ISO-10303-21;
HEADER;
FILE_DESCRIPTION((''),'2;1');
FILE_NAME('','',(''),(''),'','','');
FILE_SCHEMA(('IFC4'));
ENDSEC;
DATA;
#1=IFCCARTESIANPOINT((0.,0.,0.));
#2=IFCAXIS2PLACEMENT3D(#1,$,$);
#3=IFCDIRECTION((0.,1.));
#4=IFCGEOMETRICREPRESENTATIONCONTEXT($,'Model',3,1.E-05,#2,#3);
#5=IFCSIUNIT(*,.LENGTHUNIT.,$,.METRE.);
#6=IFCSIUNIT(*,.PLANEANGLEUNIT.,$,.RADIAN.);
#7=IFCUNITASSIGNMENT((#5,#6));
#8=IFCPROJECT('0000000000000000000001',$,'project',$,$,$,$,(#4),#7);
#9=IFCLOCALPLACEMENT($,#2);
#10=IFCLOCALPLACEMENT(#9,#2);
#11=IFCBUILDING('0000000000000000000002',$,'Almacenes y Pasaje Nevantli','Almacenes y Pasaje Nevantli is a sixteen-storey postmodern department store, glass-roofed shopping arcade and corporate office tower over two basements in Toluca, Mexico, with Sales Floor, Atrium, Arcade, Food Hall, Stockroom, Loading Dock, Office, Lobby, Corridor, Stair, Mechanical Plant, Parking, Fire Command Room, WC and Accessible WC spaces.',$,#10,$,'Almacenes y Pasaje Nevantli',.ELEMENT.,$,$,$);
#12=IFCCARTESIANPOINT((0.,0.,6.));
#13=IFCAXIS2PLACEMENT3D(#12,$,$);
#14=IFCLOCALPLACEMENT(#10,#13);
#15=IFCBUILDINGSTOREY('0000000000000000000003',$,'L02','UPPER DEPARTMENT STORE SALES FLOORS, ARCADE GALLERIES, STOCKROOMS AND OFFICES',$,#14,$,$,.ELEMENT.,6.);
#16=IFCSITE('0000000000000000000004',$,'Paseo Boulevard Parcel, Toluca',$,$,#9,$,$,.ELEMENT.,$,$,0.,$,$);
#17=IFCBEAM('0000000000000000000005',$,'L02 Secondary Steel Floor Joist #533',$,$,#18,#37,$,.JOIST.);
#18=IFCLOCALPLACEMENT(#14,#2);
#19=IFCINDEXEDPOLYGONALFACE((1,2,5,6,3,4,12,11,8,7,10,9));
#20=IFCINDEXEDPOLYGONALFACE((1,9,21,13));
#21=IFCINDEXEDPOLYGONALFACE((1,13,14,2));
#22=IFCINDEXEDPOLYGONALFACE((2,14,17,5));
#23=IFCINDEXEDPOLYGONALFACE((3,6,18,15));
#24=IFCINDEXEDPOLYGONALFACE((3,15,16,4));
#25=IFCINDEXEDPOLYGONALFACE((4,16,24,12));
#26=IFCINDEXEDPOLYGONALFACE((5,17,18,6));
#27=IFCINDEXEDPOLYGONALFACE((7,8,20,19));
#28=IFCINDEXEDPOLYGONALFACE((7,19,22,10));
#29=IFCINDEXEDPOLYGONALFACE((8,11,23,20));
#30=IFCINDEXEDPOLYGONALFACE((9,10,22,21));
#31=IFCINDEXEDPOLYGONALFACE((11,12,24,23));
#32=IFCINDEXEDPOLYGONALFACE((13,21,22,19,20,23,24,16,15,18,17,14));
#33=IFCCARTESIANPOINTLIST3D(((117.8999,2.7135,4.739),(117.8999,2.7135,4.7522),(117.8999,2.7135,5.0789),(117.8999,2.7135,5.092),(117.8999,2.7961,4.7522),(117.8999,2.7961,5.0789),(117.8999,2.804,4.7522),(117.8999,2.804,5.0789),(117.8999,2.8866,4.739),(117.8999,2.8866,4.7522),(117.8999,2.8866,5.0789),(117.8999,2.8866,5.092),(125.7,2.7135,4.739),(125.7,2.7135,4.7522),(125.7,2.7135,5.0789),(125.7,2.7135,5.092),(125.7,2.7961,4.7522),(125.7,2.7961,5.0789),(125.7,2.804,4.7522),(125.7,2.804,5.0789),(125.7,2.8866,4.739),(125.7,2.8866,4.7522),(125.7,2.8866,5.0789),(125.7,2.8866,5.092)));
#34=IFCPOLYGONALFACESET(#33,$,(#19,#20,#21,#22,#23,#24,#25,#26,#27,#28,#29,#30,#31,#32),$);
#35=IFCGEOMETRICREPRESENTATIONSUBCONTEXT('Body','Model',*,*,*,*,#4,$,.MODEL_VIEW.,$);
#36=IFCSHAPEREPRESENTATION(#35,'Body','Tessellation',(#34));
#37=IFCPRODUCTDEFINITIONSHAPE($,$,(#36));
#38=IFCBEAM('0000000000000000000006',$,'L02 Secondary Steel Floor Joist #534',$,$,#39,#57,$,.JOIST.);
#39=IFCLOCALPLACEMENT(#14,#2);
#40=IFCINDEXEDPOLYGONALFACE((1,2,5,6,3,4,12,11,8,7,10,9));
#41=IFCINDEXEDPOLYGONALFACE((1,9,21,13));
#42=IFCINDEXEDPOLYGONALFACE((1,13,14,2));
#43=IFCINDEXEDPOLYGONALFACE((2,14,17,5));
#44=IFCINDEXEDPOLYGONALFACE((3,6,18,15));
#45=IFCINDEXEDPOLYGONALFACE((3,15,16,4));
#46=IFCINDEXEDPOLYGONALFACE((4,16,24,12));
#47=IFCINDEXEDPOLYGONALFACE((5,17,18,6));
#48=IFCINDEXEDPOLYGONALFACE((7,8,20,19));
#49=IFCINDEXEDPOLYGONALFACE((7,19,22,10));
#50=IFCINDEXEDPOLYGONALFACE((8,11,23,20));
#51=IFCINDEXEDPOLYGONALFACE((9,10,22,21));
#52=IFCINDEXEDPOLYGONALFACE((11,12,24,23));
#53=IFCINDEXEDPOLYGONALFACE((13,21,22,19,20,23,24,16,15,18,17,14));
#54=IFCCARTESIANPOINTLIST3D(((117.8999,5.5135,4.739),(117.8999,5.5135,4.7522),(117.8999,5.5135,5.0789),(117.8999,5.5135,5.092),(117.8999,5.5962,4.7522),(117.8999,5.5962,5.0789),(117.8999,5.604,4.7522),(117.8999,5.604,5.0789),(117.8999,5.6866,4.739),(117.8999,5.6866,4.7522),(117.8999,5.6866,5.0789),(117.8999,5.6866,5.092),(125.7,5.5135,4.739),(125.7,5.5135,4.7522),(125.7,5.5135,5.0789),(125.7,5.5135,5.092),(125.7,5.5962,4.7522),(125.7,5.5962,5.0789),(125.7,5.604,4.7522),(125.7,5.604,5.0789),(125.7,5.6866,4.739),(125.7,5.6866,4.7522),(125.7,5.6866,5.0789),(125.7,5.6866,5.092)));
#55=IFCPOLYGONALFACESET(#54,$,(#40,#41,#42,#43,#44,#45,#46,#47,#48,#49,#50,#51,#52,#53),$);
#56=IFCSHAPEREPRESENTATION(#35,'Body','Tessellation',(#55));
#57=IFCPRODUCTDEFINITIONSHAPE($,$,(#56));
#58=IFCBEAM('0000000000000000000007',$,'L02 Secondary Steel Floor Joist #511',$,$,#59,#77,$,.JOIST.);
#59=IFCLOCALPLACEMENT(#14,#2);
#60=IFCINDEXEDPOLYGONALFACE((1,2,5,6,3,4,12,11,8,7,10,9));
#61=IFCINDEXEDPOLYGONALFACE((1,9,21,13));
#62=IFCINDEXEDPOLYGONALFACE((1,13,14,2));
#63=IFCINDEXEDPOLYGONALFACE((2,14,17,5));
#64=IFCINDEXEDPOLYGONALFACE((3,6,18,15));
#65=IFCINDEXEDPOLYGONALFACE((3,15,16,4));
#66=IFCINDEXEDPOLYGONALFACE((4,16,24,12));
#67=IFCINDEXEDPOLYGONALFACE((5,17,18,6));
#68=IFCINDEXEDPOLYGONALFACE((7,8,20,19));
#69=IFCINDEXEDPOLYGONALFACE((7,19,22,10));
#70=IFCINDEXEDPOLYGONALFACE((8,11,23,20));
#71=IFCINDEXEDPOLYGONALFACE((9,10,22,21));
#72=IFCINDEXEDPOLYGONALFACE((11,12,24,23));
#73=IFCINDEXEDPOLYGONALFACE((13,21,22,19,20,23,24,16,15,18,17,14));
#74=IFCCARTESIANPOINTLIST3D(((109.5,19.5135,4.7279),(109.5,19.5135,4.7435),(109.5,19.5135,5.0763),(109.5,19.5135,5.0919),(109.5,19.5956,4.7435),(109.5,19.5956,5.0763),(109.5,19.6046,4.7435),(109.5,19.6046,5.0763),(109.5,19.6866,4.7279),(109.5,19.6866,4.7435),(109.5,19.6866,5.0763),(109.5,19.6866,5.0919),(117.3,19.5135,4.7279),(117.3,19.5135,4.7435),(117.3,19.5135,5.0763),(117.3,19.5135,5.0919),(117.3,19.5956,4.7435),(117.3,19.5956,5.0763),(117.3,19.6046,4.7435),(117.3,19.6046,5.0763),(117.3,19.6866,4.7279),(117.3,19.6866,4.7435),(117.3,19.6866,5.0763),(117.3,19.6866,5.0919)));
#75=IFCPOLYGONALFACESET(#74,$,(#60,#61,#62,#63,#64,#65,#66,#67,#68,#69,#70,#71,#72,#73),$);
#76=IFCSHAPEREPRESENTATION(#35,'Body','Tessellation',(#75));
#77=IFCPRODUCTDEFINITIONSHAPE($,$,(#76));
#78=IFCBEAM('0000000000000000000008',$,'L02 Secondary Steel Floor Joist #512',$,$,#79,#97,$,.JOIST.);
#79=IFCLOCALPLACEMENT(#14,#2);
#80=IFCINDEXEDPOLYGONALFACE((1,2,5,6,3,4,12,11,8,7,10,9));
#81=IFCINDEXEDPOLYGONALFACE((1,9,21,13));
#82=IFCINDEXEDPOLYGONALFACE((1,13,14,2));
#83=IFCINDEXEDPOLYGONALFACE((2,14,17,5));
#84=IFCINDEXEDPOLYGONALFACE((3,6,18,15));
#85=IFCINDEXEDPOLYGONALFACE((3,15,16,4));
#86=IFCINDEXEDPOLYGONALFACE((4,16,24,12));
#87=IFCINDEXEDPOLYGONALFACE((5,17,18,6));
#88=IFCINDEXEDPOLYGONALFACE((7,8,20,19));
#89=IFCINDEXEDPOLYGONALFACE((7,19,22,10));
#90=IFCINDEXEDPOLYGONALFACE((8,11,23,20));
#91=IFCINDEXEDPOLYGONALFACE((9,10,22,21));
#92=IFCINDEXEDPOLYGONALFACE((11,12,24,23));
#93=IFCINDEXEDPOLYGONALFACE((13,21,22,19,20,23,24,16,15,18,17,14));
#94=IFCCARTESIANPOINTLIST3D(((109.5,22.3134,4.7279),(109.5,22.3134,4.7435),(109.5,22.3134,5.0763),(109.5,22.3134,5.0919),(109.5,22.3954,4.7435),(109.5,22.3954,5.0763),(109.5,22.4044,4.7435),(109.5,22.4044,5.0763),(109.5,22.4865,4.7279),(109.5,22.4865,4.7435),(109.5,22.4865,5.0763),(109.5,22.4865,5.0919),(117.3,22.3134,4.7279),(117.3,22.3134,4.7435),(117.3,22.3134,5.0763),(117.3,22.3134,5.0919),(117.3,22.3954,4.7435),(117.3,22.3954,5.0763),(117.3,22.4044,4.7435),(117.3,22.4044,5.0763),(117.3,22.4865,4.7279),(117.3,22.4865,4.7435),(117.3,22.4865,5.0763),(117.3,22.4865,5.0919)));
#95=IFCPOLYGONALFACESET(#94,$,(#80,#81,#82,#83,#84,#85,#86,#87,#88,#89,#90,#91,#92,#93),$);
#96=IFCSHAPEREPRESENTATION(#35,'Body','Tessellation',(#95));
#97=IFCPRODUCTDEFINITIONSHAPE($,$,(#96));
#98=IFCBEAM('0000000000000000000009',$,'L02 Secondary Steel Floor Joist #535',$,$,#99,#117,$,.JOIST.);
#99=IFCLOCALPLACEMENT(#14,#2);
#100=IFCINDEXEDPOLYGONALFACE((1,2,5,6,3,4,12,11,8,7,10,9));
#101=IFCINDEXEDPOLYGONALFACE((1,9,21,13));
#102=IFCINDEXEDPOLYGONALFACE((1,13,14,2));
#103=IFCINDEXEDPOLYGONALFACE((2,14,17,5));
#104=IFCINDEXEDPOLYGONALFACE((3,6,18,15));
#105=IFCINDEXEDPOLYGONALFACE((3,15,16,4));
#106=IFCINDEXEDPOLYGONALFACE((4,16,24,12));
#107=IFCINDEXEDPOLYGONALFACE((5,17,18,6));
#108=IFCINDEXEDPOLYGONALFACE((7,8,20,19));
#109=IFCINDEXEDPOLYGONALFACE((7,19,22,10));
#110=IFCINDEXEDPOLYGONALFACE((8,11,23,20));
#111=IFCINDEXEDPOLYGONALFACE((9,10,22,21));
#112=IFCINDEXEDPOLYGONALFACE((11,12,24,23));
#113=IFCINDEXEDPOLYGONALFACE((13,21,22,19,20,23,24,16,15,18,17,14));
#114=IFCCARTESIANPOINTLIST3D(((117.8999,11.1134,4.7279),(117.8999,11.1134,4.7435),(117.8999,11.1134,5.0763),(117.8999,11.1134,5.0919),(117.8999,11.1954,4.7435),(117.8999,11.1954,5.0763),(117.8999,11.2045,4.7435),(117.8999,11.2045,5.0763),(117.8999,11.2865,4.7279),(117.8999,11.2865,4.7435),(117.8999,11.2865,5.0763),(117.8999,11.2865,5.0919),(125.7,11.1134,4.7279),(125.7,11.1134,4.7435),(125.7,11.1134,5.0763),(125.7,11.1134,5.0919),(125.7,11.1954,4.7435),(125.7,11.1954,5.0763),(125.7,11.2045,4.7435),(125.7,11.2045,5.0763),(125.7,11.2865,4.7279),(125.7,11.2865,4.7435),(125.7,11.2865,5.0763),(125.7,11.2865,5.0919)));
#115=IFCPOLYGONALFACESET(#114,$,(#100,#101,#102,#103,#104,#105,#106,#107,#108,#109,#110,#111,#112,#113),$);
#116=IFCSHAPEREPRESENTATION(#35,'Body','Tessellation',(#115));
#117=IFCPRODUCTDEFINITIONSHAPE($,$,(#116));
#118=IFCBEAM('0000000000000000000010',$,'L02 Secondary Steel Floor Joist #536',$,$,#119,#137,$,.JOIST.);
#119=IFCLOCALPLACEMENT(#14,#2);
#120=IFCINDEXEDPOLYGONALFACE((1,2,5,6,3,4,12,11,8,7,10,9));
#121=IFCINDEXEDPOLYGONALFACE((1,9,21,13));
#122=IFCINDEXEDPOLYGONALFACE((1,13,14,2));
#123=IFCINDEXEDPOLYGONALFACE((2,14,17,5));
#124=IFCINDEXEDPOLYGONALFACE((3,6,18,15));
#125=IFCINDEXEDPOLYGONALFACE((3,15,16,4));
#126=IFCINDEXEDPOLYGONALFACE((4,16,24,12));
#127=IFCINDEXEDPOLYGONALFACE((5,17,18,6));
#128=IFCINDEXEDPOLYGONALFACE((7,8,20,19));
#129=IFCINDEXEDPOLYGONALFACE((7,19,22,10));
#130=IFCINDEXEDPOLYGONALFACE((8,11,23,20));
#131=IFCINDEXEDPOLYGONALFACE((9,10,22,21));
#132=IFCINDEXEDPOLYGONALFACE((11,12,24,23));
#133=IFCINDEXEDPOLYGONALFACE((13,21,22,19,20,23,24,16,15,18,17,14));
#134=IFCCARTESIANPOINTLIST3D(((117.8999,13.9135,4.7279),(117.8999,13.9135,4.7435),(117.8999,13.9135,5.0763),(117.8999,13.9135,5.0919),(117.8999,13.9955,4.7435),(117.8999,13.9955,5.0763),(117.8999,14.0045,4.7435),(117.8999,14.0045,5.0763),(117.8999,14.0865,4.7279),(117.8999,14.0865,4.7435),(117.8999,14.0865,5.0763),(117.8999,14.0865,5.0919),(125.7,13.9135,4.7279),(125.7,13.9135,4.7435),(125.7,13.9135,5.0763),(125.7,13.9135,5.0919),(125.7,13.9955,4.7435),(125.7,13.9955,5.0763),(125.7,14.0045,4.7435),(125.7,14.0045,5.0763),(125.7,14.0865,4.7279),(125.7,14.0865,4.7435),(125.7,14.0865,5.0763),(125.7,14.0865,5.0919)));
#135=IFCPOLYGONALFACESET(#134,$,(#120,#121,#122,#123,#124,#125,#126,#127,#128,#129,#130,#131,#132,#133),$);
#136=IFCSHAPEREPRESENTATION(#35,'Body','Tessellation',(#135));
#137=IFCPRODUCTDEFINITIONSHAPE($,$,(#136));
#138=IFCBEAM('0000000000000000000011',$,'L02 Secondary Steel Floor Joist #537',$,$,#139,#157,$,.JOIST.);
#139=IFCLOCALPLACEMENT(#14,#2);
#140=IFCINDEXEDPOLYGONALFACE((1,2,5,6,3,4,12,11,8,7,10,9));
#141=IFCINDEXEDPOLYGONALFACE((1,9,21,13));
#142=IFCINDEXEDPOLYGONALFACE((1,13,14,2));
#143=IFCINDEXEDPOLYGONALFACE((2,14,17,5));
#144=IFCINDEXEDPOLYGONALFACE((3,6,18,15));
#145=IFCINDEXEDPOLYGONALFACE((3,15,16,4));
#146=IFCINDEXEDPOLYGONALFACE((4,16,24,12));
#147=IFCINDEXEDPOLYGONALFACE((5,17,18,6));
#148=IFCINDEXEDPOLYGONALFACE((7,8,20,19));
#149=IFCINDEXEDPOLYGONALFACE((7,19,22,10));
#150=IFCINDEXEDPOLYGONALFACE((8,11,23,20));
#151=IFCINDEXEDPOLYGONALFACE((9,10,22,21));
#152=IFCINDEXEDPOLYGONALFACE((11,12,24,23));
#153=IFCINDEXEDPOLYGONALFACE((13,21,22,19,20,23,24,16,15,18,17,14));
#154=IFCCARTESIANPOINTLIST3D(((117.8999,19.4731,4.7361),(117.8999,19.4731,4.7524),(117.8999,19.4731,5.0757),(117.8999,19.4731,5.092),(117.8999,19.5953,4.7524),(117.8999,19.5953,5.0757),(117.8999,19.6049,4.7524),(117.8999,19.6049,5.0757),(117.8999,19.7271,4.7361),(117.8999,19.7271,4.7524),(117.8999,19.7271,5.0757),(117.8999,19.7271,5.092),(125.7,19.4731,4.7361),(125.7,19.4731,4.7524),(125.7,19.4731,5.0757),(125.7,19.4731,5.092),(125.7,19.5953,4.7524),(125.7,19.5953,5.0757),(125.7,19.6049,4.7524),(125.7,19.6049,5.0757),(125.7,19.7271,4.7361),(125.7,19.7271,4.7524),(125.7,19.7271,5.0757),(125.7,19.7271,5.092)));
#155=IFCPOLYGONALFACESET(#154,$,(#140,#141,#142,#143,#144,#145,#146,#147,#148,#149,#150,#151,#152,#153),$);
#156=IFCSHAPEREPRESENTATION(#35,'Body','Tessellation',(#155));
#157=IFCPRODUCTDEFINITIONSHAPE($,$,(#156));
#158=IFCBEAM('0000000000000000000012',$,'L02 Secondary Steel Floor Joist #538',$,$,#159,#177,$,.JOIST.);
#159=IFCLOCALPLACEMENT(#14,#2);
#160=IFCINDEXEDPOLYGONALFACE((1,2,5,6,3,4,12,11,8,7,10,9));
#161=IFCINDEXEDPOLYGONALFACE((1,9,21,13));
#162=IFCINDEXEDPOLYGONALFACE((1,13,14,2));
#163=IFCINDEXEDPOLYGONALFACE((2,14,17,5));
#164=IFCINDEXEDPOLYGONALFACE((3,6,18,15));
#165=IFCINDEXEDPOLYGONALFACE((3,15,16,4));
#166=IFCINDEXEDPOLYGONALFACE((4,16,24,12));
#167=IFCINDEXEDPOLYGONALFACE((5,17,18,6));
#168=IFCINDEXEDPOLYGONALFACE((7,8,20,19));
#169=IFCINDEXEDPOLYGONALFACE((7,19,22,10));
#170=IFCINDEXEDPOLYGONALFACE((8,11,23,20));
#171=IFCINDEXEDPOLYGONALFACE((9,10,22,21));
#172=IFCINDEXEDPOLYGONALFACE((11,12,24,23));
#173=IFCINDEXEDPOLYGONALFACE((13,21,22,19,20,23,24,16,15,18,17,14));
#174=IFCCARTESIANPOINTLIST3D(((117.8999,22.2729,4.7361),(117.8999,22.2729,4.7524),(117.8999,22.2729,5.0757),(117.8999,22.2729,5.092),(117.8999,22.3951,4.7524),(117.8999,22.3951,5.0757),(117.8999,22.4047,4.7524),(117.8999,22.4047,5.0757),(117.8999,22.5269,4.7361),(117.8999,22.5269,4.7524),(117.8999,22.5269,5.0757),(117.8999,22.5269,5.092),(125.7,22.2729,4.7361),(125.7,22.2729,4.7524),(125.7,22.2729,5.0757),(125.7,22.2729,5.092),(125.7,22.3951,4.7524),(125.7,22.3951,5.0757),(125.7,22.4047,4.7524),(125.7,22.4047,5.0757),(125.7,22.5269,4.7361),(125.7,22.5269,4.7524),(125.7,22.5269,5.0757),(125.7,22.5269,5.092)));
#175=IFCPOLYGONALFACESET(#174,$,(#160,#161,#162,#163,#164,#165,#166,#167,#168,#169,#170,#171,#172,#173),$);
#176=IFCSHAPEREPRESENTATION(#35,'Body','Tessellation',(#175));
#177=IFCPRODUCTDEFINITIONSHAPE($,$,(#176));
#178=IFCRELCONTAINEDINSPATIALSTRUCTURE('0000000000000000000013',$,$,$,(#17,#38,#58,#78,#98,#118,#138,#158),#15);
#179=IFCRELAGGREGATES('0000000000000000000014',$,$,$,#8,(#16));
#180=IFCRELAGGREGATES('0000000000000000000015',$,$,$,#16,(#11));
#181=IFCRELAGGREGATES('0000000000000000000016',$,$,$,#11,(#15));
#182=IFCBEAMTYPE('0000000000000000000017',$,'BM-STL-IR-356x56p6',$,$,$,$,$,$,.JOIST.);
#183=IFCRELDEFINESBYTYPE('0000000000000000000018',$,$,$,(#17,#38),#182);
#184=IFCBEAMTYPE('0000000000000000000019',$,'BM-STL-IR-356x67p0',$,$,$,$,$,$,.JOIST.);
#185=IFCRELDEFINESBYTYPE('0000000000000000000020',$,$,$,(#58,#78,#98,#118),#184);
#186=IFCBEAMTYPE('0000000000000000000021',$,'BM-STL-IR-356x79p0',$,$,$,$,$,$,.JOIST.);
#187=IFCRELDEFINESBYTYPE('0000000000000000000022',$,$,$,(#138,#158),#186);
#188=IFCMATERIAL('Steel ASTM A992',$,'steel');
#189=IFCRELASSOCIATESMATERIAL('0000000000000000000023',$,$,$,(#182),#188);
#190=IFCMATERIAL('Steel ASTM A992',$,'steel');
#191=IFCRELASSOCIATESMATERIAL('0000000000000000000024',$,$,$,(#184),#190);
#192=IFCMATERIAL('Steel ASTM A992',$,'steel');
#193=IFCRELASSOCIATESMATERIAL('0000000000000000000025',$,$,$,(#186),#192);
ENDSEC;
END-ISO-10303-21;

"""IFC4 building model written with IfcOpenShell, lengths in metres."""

from ifc_helpers import new_model, si_unit, direction, frame, origin, origin_2d, place, context, subcontext, project, spatial, i_section, extrude, material, material_profile, profile_set, type_object, element, save


model = new_model("IFC4")

# Units and contexts
model_context = context("Model", 3, precision=1e-05, world=origin(), true_north=direction((0.0, 1.0)))
body_context = subcontext(model_context, "Body", "Model", "MODEL_VIEW")
ifc_project = project(units=[si_unit("LENGTHUNIT", "METRE"), si_unit("PLANEANGLEUNIT", "RADIAN")], contexts=[model_context])

# Site, building, storey
site_placement = place(None, origin())
site = spatial("IfcSite", under=ifc_project, at=site_placement, Name="Paseo Boulevard Parcel, Toluca", CompositionType="ELEMENT", RefElevation=0.0)
building_placement = place(site_placement, origin())
building = spatial("IfcBuilding", under=site, at=building_placement, Name="Almacenes y Pasaje Nevantli", Description="Almacenes y Pasaje Nevantli is a sixteen-storey postmodern department store, glass-roofed shopping arcade and corporate office tower over two basements in Toluca, Mexico, with Sales Floor, Atrium, Arcade, Food Hall, Stockroom, Loading Dock, Office, Lobby, Corridor, Stair, Mechanical Plant, Parking, Fire Command Room, WC and Accessible WC spaces.", LongName="Almacenes y Pasaje Nevantli", CompositionType="ELEMENT")
storey_placement = place(building_placement, frame((0.0, 0.0, 6.0)))
storey = spatial("IfcBuildingStorey", under=building, at=storey_placement, Name="L02", Description="UPPER DEPARTMENT STORE SALES FLOORS, ARCADE GALLERIES, STOCKROOMS AND OFFICES", CompositionType="ELEMENT", Elevation=6.0)

# Beams
ifc_material_1 = material(Name="Steel ASTM A992", Category="steel")
ifc_material_profile_1 = material_profile(ifc_material_1, i_section(OverallWidth=0.1731, OverallDepth=0.353, WebThickness=0.0078, FlangeThickness=0.0132, at=origin_2d()), Name="IR 356x56.6")
ifc_profile_set_1 = profile_set([ifc_material_profile_1], Name="Steel ASTM A992")
beam_type_1 = type_object("IfcBeamType", Name="BM-STL-IR-356x56p6", PredefinedType="JOIST", material=ifc_profile_set_1)
for number, where, z_axis, x_axis, name in (
    (1, (117.8999, 2.8, 4.9155), (1.0, 0.0, 0.0), (0.0, 1.0, 0.0), "L02 Secondary Steel Floor Joist #533"),
    (2, (117.8999, 5.6001, 4.9155), (1.0, 0.0, 0.0), (0.0, 1.0, 0.0), "L02 Secondary Steel Floor Joist #534"),
):
    element("IfcBeam", number, at=place(storey_placement, frame(where, z_axis=z_axis, x_axis=x_axis)), inside=storey, type_object=beam_type_1, Name=name, PredefinedType="JOIST", context=body_context, shape_type="SweptSolid", body=[
        extrude(i_section(OverallWidth=0.1731, OverallDepth=0.353, WebThickness=0.0078, FlangeThickness=0.0132, at=origin_2d()), origin(), (0.0, 0.0, 1.0), 7.8),
    ])
ifc_material_2 = material(Name="Steel ASTM A992", Category="steel")
ifc_material_profile_2 = material_profile(ifc_material_2, i_section(OverallWidth=0.1731, OverallDepth=0.364, WebThickness=0.009, FlangeThickness=0.0156, at=origin_2d()), Name="IR 356x67.0")
ifc_profile_set_2 = profile_set([ifc_material_profile_2], Name="Steel ASTM A992")
beam_type_2 = type_object("IfcBeamType", Name="BM-STL-IR-356x67p0", PredefinedType="JOIST", material=ifc_profile_set_2)
for number, where, z_axis, x_axis, name in (
    (3, (109.5, 19.6001, 4.9099), (1.0, 0.0, 0.0), (0.0, 1.0, 0.0), "L02 Secondary Steel Floor Joist #511"),
    (4, (109.5, 22.3999, 4.9099), (1.0, 0.0, 0.0), (0.0, 1.0, 0.0), "L02 Secondary Steel Floor Joist #512"),
    (5, (117.8999, 11.2, 4.9099), (1.0, 0.0, 0.0), (0.0, 1.0, 0.0), "L02 Secondary Steel Floor Joist #535"),
    (6, (117.8999, 14.0, 4.9099), (1.0, 0.0, 0.0), (0.0, 1.0, 0.0), "L02 Secondary Steel Floor Joist #536"),
):
    element("IfcBeam", number, at=place(storey_placement, frame(where, z_axis=z_axis, x_axis=x_axis)), inside=storey, type_object=beam_type_2, Name=name, PredefinedType="JOIST", context=body_context, shape_type="SweptSolid", body=[
        extrude(i_section(OverallWidth=0.1731, OverallDepth=0.364, WebThickness=0.009, FlangeThickness=0.0156, at=origin_2d()), origin(), (0.0, 0.0, 1.0), 7.8),
    ])
ifc_material_3 = material(Name="Steel ASTM A992", Category="steel")
ifc_material_profile_3 = material_profile(ifc_material_3, i_section(OverallWidth=0.2539, OverallDepth=0.356, WebThickness=0.0095, FlangeThickness=0.0164, at=origin_2d()), Name="IR 356x79.0")
ifc_profile_set_3 = profile_set([ifc_material_profile_3], Name="Steel ASTM A992")
beam_type_3 = type_object("IfcBeamType", Name="BM-STL-IR-356x79p0", PredefinedType="JOIST", material=ifc_profile_set_3)
for number, where, z_axis, x_axis, name in (
    (7, (117.8999, 19.6001, 4.9141), (1.0, 0.0, 0.0), (0.0, 1.0, 0.0), "L02 Secondary Steel Floor Joist #537"),
    (8, (117.8999, 22.3999, 4.9141), (1.0, 0.0, 0.0), (0.0, 1.0, 0.0), "L02 Secondary Steel Floor Joist #538"),
):
    element("IfcBeam", number, at=place(storey_placement, frame(where, z_axis=z_axis, x_axis=x_axis)), inside=storey, type_object=beam_type_3, Name=name, PredefinedType="JOIST", context=body_context, shape_type="SweptSolid", body=[
        extrude(i_section(OverallWidth=0.2539, OverallDepth=0.356, WebThickness=0.0095, FlangeThickness=0.0164, at=origin_2d()), origin(), (0.0, 0.0, 1.0), 7.8),
    ])

save(model, "model.ifc")
